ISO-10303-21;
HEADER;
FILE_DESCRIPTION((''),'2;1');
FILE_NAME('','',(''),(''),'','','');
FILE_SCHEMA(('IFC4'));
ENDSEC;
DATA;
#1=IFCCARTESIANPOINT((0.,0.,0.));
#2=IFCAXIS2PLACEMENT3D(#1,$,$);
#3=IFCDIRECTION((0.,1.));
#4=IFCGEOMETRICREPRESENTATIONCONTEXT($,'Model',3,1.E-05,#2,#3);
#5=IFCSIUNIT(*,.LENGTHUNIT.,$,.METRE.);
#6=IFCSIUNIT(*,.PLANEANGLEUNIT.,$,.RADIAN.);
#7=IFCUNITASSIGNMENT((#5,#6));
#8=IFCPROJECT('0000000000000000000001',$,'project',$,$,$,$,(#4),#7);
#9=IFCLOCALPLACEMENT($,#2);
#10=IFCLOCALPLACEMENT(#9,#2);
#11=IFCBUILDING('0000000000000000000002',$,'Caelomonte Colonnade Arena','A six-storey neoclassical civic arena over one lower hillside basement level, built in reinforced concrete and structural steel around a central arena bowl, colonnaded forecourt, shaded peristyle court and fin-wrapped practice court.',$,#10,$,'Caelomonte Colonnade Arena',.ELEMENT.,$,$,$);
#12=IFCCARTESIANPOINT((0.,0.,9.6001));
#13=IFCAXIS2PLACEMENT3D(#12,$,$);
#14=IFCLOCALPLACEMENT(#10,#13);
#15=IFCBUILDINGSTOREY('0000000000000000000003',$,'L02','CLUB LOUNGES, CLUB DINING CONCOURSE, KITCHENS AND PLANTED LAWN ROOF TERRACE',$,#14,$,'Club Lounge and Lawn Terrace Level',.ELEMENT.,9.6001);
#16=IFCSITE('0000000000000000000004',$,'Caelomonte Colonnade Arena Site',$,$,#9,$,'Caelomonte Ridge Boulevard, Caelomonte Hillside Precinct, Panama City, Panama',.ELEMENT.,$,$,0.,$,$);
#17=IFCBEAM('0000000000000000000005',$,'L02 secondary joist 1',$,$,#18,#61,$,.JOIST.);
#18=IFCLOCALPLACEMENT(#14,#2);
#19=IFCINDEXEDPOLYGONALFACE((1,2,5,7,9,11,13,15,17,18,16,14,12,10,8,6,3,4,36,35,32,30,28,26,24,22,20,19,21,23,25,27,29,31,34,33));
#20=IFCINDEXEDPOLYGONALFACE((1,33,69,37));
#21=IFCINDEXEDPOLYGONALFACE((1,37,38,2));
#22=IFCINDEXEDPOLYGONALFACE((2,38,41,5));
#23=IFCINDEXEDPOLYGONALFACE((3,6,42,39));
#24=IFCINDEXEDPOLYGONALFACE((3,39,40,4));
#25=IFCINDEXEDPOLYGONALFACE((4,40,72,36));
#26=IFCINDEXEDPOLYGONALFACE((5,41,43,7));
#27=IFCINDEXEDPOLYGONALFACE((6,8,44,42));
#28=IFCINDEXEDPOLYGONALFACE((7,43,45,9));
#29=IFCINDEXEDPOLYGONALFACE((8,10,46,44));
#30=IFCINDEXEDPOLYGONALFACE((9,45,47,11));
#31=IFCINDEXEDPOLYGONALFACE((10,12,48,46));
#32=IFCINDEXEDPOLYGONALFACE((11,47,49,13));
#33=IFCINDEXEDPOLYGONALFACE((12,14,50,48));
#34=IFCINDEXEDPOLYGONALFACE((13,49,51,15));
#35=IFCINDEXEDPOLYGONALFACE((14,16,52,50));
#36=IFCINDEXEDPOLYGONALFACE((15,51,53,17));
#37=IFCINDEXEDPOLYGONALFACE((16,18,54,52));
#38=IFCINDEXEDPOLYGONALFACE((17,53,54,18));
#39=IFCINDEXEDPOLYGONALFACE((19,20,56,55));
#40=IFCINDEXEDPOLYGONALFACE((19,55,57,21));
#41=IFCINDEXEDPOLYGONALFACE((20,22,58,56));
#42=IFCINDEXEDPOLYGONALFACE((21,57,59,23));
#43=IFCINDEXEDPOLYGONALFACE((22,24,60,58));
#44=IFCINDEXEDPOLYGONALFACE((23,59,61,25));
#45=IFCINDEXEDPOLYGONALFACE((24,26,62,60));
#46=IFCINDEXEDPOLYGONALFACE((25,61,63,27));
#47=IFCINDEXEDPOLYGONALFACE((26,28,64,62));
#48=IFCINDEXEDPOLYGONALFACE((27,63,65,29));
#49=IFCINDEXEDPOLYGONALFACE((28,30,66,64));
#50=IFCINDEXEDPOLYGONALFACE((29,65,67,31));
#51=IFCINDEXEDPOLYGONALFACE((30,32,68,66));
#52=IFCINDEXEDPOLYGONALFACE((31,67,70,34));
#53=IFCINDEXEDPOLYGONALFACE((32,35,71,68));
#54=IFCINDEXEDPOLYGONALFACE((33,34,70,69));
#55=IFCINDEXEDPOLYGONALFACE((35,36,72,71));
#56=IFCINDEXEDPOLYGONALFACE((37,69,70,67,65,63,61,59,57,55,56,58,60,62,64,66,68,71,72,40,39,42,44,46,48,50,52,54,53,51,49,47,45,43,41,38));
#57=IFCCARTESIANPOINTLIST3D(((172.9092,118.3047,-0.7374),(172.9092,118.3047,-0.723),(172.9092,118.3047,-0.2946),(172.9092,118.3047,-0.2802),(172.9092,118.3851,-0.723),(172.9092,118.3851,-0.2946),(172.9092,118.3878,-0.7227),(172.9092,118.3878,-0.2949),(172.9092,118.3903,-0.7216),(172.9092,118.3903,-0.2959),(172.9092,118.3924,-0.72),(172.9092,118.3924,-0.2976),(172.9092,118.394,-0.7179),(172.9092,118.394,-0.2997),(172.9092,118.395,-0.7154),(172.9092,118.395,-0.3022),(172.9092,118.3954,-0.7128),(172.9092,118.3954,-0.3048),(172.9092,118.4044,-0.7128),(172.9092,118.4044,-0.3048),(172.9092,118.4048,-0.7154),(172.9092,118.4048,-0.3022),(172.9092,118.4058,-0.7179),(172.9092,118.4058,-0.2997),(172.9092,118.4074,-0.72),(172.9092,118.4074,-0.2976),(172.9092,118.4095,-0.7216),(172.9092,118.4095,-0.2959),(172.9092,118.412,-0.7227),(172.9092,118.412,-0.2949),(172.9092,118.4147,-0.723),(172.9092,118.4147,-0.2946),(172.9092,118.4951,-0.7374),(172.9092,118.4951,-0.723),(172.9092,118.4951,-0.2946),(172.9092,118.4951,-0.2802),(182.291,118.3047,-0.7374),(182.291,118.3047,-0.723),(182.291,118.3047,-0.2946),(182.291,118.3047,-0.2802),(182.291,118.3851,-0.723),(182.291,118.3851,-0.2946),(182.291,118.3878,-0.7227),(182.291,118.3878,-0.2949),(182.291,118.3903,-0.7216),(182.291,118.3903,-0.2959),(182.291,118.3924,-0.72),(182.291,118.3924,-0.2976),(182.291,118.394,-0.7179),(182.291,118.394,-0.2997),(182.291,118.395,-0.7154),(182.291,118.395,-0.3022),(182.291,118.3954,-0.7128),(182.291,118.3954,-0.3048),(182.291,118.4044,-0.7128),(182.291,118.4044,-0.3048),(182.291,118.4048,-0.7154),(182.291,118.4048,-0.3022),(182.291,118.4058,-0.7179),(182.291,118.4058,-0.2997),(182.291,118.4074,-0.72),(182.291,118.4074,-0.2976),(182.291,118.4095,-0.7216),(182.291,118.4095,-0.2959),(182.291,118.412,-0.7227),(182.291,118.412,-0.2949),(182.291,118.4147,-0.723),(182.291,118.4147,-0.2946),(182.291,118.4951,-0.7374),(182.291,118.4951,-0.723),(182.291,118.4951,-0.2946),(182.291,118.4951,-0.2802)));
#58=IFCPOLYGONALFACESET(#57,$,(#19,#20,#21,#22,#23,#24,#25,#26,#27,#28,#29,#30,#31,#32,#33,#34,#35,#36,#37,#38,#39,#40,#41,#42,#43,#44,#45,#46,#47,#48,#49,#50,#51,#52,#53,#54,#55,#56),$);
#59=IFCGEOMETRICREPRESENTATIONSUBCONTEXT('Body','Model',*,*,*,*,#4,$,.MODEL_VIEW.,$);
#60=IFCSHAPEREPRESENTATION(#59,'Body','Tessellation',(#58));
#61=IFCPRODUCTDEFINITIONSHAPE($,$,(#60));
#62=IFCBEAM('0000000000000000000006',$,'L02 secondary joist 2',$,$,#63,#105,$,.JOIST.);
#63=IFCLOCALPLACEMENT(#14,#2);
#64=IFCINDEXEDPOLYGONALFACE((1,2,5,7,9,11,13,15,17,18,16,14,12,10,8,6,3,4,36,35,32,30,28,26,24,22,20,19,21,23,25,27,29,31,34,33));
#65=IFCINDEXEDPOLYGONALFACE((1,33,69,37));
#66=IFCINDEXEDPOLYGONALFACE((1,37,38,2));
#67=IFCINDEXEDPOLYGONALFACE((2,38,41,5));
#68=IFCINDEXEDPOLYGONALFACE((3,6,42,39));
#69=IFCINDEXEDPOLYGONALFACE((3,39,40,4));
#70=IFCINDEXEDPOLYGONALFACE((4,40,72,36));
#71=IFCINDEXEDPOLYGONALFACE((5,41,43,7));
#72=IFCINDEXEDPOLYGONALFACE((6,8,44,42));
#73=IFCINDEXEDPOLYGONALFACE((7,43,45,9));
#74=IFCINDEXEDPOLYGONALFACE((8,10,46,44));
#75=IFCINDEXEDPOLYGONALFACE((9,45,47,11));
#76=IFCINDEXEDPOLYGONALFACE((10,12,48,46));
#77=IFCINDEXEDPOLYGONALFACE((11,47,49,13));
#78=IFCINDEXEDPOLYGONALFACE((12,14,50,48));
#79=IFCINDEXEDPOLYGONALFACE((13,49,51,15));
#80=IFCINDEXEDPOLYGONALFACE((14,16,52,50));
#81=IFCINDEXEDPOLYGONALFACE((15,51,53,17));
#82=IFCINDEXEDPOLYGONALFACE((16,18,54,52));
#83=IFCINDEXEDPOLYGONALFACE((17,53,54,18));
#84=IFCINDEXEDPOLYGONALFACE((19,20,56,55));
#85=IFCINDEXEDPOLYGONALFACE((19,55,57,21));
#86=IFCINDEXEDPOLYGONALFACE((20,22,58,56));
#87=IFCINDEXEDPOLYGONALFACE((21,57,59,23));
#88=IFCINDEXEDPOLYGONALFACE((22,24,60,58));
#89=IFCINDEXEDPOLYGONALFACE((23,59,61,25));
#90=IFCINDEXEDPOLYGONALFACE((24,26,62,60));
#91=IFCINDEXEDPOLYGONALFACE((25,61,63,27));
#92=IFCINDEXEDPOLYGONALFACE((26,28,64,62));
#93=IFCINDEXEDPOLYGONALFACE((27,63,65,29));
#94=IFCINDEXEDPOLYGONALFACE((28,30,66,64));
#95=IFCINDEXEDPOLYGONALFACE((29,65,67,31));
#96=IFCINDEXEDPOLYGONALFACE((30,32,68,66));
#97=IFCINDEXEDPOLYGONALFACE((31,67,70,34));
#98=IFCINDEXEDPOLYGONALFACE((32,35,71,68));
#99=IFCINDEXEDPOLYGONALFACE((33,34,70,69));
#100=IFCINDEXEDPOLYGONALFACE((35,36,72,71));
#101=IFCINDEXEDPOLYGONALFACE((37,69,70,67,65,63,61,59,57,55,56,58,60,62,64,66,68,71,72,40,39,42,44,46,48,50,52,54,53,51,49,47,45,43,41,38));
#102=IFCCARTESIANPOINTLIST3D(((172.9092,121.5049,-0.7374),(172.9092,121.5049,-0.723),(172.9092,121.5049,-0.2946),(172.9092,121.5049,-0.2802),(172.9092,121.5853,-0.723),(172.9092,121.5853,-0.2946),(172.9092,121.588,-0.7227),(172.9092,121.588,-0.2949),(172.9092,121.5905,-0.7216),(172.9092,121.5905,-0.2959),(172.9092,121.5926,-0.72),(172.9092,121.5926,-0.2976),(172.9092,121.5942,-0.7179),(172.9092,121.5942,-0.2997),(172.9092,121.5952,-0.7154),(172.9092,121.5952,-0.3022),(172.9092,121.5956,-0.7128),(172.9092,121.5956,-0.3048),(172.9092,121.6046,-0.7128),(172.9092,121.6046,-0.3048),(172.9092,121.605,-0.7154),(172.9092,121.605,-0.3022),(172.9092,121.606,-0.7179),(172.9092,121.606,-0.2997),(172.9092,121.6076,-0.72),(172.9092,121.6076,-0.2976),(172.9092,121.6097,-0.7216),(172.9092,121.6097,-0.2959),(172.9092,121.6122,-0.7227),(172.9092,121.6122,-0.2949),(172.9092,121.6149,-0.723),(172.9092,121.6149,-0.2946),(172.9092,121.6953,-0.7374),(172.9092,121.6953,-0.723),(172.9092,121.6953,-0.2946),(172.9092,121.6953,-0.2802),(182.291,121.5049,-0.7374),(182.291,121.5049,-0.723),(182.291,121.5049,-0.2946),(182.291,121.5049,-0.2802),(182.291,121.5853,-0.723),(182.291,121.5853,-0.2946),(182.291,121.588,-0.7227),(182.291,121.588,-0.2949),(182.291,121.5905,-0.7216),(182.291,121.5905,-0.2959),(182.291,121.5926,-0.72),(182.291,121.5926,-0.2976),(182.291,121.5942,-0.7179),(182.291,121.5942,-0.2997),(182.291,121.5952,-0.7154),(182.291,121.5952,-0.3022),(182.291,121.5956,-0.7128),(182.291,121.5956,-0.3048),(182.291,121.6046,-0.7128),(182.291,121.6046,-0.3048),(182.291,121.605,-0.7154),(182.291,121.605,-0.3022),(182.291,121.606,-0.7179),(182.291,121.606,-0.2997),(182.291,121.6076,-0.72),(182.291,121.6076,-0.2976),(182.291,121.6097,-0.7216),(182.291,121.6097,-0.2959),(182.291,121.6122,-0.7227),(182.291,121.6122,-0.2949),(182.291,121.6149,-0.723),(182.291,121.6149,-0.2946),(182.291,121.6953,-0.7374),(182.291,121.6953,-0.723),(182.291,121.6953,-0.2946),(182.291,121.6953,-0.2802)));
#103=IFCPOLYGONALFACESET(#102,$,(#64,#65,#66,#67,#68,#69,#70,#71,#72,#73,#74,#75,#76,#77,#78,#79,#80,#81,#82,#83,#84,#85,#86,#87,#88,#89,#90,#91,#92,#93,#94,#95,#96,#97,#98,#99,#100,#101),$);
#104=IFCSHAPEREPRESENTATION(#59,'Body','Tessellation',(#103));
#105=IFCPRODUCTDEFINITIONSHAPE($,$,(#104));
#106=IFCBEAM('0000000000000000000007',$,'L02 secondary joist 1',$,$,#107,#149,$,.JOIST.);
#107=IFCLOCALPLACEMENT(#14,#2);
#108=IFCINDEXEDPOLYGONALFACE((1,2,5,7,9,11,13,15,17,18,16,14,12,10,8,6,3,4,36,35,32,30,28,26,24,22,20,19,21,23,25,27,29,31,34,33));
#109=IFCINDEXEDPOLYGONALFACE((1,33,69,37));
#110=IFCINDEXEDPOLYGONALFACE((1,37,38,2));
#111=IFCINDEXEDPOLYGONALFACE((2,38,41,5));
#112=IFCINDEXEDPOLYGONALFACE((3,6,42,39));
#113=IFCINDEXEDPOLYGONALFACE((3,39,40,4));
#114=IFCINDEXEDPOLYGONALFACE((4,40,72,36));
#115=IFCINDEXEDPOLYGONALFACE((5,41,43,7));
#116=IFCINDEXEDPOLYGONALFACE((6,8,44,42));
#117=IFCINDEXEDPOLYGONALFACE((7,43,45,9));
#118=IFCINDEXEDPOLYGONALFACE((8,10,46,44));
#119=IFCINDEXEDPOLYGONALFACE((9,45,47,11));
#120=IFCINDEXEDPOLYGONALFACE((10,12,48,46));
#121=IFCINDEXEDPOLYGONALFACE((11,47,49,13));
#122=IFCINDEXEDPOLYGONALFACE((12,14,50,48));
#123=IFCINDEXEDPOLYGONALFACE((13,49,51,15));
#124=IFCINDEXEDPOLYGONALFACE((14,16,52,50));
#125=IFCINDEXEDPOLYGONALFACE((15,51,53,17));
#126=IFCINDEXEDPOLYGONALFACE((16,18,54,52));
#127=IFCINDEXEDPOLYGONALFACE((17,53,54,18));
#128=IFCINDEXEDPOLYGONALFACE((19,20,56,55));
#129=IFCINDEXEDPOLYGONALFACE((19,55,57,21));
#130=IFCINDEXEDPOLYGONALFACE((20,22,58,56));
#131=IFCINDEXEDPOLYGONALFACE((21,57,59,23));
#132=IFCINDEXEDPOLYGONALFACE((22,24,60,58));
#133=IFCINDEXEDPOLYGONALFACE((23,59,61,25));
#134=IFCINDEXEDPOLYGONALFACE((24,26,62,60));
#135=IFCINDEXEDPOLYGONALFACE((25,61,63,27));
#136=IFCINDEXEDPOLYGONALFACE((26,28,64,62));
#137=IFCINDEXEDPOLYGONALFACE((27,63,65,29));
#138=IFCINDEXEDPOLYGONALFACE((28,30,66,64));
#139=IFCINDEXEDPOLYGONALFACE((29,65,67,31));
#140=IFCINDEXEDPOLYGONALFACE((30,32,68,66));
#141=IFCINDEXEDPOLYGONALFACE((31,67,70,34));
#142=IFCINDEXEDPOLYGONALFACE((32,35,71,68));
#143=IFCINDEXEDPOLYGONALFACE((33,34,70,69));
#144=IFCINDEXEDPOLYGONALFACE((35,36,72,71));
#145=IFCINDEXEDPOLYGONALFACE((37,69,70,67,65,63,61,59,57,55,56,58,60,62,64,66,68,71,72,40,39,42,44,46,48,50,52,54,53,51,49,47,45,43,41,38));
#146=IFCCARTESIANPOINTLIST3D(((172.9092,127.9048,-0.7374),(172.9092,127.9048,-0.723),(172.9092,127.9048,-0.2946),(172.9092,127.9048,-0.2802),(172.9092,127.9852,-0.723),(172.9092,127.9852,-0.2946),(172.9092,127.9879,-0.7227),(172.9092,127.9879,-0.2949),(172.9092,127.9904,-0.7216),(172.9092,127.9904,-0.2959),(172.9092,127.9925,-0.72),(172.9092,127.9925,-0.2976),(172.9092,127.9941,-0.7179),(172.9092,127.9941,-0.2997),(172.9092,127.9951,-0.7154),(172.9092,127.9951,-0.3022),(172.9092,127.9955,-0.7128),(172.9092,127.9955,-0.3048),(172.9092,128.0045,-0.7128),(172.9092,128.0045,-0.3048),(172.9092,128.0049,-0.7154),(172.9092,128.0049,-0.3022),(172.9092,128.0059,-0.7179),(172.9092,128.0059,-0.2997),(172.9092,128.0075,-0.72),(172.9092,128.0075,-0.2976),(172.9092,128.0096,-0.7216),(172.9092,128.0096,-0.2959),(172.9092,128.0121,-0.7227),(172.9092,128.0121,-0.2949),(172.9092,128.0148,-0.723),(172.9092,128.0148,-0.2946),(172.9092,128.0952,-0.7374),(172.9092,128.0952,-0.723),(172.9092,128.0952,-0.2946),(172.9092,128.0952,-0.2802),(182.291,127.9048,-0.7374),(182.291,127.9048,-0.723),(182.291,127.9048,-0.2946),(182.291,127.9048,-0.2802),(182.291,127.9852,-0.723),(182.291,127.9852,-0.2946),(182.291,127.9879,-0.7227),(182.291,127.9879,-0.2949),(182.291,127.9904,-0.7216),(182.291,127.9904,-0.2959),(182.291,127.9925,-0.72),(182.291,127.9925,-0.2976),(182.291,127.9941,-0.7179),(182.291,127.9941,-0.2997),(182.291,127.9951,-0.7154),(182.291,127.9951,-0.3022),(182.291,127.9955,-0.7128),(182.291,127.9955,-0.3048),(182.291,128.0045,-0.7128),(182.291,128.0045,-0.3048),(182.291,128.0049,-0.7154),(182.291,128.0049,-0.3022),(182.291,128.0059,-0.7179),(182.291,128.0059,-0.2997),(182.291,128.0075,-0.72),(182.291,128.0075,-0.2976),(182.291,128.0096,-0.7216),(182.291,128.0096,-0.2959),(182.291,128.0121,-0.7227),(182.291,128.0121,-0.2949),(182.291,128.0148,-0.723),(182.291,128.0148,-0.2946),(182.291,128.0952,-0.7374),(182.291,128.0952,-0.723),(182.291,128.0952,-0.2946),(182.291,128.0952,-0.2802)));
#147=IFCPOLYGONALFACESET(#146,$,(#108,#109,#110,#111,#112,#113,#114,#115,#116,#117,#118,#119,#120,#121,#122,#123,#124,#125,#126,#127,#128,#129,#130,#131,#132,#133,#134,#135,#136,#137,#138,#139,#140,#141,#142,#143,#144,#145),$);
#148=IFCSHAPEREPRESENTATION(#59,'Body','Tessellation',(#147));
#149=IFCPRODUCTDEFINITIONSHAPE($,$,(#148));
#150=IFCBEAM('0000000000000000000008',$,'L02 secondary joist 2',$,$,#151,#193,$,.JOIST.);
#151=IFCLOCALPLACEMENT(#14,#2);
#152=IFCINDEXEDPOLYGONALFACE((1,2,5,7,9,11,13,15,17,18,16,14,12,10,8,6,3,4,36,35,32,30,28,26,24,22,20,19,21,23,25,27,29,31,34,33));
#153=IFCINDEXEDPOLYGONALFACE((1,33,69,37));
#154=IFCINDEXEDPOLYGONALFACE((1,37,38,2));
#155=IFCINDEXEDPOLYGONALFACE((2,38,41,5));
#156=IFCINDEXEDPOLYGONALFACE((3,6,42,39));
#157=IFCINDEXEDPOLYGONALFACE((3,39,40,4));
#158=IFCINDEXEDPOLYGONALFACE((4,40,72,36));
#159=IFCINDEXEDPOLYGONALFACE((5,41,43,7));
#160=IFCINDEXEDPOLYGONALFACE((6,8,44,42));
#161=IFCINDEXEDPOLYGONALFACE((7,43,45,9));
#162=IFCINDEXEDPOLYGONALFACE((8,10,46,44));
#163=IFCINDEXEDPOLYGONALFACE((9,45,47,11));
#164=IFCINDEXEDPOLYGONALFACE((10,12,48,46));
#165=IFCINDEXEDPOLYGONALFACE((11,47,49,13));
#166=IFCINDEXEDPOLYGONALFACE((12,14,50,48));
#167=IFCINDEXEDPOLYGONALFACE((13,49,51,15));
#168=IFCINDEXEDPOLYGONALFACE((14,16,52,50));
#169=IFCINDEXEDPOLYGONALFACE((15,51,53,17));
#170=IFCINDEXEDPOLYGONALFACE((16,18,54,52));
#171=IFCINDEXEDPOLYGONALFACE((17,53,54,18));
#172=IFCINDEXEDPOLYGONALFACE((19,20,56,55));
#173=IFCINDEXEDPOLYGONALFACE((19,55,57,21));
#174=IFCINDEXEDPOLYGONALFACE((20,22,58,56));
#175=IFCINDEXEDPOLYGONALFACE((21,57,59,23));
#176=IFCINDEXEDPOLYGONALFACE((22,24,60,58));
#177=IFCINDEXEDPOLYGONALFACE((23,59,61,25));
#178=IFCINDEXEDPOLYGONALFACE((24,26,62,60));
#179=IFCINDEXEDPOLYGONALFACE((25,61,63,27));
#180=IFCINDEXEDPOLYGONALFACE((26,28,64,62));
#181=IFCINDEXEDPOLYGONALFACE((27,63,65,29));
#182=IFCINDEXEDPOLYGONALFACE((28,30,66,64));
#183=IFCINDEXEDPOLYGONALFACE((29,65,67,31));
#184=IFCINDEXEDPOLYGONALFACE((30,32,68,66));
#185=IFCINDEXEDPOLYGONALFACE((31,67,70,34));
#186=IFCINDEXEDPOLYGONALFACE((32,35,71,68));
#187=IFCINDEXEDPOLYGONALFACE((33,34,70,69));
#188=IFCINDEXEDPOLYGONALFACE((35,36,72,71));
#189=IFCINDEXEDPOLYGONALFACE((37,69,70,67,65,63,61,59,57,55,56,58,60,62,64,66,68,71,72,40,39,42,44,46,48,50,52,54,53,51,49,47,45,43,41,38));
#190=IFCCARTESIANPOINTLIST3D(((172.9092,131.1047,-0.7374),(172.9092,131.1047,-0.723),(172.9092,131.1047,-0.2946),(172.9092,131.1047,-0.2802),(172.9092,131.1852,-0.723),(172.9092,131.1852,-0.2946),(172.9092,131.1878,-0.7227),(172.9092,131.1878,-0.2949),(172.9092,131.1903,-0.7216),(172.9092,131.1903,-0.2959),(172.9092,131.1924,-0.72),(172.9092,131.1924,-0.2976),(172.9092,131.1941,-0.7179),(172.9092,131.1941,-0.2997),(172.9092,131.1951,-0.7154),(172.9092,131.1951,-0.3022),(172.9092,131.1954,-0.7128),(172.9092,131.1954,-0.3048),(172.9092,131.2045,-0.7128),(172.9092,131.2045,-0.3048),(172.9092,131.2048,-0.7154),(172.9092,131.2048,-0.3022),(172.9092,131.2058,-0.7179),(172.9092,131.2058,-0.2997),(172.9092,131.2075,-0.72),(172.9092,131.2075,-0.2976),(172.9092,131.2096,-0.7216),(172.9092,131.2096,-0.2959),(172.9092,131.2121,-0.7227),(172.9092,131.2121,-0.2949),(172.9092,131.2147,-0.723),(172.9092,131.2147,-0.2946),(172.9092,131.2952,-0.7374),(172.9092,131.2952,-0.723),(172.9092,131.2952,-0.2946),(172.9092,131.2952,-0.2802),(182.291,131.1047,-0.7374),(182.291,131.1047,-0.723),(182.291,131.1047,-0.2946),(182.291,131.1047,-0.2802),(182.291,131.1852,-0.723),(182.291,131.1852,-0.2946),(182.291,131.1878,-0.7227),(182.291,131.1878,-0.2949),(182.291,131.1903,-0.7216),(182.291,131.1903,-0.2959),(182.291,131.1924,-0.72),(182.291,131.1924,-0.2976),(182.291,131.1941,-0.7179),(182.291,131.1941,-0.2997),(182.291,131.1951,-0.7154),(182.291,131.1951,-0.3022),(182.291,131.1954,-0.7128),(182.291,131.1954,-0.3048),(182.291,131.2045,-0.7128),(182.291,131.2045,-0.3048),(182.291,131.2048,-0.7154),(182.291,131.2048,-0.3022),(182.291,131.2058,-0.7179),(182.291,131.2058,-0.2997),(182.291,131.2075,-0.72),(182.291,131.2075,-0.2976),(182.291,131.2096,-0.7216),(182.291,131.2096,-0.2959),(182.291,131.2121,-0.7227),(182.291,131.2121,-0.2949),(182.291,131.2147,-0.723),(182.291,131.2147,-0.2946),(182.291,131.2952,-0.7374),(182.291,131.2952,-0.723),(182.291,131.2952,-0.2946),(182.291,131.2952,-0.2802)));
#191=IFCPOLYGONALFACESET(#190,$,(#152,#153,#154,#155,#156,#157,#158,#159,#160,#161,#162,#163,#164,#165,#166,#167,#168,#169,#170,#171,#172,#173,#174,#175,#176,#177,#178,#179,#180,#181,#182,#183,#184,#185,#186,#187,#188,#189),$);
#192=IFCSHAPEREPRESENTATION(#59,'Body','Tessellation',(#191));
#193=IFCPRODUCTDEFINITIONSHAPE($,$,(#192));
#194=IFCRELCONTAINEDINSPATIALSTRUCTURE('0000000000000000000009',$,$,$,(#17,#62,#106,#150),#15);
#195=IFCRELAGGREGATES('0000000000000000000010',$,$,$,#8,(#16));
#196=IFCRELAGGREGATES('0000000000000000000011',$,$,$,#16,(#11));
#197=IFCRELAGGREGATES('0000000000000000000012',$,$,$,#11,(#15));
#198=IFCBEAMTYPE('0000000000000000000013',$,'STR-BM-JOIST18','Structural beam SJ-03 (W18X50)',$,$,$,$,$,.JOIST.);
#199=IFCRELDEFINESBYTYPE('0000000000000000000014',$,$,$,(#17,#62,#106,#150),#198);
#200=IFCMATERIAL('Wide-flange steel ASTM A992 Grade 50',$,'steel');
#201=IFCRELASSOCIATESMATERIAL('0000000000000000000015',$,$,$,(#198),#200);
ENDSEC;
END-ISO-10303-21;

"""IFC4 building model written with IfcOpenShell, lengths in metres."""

from ifc_helpers import new_model, si_unit, direction, frame, origin, origin_2d, place, context, subcontext, project, spatial, i_section, extrude, material, material_profile, profile_set, type_object, element, save


model = new_model("IFC4")

# Units and contexts
model_context = context("Model", 3, precision=1e-05, world=origin(), true_north=direction((0.0, 1.0)))
body_context = subcontext(model_context, "Body", "Model", "MODEL_VIEW")
ifc_project = project(units=[si_unit("LENGTHUNIT", "METRE"), si_unit("PLANEANGLEUNIT", "RADIAN")], contexts=[model_context])

# Site, building, storey
site_placement = place(None, origin())
site = spatial("IfcSite", under=ifc_project, at=site_placement, Name="Caelomonte Colonnade Arena Site", LongName="Caelomonte Ridge Boulevard, Caelomonte Hillside Precinct, Panama City, Panama", CompositionType="ELEMENT", RefElevation=0.0)
building_placement = place(site_placement, origin())
building = spatial("IfcBuilding", under=site, at=building_placement, Name="Caelomonte Colonnade Arena", Description="A six-storey neoclassical civic arena over one lower hillside basement level, built in reinforced concrete and structural steel around a central arena bowl, colonnaded forecourt, shaded peristyle court and fin-wrapped practice court.", LongName="Caelomonte Colonnade Arena", CompositionType="ELEMENT")
storey_placement = place(building_placement, frame((0.0, 0.0, 9.6001)))
storey = spatial("IfcBuildingStorey", under=building, at=storey_placement, Name="L02", Description="CLUB LOUNGES, CLUB DINING CONCOURSE, KITCHENS AND PLANTED LAWN ROOF TERRACE", LongName="Club Lounge and Lawn Terrace Level", CompositionType="ELEMENT", Elevation=9.6001)

# Beams
ifc_material_1 = material(Name="Wide-flange steel ASTM A992 Grade 50", Category="steel")
ifc_material_profile_1 = material_profile(ifc_material_1, i_section(OverallWidth=0.1904, OverallDepth=0.4573, WebThickness=0.009, FlangeThickness=0.0144, FilletRadius=0.0103, at=origin_2d()), Name="W18X50")
ifc_profile_set_1 = profile_set([ifc_material_profile_1], Name="Wide-flange steel ASTM A992 Grade 50")
beam_type_1 = type_object("IfcBeamType", Name="STR-BM-JOIST18", Description="Structural beam SJ-03 (W18X50)", PredefinedType="JOIST", material=ifc_profile_set_1)
for number, where, z_axis, x_axis, name in (
    (1, (172.9092, 118.3999, -0.5088), (1.0, 0.0, 0.0), (0.0, 1.0, 0.0), "L02 secondary joist 1"),
    (2, (172.9092, 121.6001, -0.5088), (1.0, 0.0, 0.0), (0.0, 1.0, 0.0), "L02 secondary joist 2"),
    (3, (172.9092, 128.0, -0.5088), (1.0, 0.0, 0.0), (0.0, 1.0, 0.0), "L02 secondary joist 1"),
    (4, (172.9092, 131.2, -0.5088), (1.0, 0.0, 0.0), (0.0, 1.0, 0.0), "L02 secondary joist 2"),
):
    element("IfcBeam", number, at=place(storey_placement, frame(where, z_axis=z_axis, x_axis=x_axis)), inside=storey, type_object=beam_type_1, Name=name, PredefinedType="JOIST", context=body_context, shape_type="SweptSolid", body=[
        extrude(i_section(OverallWidth=0.1904, OverallDepth=0.4573, WebThickness=0.009, FlangeThickness=0.0144, FilletRadius=0.0103, at=origin_2d()), origin(), (0.0, 0.0, 1.0), 9.3818),
    ])

save(model, "model.ifc")
